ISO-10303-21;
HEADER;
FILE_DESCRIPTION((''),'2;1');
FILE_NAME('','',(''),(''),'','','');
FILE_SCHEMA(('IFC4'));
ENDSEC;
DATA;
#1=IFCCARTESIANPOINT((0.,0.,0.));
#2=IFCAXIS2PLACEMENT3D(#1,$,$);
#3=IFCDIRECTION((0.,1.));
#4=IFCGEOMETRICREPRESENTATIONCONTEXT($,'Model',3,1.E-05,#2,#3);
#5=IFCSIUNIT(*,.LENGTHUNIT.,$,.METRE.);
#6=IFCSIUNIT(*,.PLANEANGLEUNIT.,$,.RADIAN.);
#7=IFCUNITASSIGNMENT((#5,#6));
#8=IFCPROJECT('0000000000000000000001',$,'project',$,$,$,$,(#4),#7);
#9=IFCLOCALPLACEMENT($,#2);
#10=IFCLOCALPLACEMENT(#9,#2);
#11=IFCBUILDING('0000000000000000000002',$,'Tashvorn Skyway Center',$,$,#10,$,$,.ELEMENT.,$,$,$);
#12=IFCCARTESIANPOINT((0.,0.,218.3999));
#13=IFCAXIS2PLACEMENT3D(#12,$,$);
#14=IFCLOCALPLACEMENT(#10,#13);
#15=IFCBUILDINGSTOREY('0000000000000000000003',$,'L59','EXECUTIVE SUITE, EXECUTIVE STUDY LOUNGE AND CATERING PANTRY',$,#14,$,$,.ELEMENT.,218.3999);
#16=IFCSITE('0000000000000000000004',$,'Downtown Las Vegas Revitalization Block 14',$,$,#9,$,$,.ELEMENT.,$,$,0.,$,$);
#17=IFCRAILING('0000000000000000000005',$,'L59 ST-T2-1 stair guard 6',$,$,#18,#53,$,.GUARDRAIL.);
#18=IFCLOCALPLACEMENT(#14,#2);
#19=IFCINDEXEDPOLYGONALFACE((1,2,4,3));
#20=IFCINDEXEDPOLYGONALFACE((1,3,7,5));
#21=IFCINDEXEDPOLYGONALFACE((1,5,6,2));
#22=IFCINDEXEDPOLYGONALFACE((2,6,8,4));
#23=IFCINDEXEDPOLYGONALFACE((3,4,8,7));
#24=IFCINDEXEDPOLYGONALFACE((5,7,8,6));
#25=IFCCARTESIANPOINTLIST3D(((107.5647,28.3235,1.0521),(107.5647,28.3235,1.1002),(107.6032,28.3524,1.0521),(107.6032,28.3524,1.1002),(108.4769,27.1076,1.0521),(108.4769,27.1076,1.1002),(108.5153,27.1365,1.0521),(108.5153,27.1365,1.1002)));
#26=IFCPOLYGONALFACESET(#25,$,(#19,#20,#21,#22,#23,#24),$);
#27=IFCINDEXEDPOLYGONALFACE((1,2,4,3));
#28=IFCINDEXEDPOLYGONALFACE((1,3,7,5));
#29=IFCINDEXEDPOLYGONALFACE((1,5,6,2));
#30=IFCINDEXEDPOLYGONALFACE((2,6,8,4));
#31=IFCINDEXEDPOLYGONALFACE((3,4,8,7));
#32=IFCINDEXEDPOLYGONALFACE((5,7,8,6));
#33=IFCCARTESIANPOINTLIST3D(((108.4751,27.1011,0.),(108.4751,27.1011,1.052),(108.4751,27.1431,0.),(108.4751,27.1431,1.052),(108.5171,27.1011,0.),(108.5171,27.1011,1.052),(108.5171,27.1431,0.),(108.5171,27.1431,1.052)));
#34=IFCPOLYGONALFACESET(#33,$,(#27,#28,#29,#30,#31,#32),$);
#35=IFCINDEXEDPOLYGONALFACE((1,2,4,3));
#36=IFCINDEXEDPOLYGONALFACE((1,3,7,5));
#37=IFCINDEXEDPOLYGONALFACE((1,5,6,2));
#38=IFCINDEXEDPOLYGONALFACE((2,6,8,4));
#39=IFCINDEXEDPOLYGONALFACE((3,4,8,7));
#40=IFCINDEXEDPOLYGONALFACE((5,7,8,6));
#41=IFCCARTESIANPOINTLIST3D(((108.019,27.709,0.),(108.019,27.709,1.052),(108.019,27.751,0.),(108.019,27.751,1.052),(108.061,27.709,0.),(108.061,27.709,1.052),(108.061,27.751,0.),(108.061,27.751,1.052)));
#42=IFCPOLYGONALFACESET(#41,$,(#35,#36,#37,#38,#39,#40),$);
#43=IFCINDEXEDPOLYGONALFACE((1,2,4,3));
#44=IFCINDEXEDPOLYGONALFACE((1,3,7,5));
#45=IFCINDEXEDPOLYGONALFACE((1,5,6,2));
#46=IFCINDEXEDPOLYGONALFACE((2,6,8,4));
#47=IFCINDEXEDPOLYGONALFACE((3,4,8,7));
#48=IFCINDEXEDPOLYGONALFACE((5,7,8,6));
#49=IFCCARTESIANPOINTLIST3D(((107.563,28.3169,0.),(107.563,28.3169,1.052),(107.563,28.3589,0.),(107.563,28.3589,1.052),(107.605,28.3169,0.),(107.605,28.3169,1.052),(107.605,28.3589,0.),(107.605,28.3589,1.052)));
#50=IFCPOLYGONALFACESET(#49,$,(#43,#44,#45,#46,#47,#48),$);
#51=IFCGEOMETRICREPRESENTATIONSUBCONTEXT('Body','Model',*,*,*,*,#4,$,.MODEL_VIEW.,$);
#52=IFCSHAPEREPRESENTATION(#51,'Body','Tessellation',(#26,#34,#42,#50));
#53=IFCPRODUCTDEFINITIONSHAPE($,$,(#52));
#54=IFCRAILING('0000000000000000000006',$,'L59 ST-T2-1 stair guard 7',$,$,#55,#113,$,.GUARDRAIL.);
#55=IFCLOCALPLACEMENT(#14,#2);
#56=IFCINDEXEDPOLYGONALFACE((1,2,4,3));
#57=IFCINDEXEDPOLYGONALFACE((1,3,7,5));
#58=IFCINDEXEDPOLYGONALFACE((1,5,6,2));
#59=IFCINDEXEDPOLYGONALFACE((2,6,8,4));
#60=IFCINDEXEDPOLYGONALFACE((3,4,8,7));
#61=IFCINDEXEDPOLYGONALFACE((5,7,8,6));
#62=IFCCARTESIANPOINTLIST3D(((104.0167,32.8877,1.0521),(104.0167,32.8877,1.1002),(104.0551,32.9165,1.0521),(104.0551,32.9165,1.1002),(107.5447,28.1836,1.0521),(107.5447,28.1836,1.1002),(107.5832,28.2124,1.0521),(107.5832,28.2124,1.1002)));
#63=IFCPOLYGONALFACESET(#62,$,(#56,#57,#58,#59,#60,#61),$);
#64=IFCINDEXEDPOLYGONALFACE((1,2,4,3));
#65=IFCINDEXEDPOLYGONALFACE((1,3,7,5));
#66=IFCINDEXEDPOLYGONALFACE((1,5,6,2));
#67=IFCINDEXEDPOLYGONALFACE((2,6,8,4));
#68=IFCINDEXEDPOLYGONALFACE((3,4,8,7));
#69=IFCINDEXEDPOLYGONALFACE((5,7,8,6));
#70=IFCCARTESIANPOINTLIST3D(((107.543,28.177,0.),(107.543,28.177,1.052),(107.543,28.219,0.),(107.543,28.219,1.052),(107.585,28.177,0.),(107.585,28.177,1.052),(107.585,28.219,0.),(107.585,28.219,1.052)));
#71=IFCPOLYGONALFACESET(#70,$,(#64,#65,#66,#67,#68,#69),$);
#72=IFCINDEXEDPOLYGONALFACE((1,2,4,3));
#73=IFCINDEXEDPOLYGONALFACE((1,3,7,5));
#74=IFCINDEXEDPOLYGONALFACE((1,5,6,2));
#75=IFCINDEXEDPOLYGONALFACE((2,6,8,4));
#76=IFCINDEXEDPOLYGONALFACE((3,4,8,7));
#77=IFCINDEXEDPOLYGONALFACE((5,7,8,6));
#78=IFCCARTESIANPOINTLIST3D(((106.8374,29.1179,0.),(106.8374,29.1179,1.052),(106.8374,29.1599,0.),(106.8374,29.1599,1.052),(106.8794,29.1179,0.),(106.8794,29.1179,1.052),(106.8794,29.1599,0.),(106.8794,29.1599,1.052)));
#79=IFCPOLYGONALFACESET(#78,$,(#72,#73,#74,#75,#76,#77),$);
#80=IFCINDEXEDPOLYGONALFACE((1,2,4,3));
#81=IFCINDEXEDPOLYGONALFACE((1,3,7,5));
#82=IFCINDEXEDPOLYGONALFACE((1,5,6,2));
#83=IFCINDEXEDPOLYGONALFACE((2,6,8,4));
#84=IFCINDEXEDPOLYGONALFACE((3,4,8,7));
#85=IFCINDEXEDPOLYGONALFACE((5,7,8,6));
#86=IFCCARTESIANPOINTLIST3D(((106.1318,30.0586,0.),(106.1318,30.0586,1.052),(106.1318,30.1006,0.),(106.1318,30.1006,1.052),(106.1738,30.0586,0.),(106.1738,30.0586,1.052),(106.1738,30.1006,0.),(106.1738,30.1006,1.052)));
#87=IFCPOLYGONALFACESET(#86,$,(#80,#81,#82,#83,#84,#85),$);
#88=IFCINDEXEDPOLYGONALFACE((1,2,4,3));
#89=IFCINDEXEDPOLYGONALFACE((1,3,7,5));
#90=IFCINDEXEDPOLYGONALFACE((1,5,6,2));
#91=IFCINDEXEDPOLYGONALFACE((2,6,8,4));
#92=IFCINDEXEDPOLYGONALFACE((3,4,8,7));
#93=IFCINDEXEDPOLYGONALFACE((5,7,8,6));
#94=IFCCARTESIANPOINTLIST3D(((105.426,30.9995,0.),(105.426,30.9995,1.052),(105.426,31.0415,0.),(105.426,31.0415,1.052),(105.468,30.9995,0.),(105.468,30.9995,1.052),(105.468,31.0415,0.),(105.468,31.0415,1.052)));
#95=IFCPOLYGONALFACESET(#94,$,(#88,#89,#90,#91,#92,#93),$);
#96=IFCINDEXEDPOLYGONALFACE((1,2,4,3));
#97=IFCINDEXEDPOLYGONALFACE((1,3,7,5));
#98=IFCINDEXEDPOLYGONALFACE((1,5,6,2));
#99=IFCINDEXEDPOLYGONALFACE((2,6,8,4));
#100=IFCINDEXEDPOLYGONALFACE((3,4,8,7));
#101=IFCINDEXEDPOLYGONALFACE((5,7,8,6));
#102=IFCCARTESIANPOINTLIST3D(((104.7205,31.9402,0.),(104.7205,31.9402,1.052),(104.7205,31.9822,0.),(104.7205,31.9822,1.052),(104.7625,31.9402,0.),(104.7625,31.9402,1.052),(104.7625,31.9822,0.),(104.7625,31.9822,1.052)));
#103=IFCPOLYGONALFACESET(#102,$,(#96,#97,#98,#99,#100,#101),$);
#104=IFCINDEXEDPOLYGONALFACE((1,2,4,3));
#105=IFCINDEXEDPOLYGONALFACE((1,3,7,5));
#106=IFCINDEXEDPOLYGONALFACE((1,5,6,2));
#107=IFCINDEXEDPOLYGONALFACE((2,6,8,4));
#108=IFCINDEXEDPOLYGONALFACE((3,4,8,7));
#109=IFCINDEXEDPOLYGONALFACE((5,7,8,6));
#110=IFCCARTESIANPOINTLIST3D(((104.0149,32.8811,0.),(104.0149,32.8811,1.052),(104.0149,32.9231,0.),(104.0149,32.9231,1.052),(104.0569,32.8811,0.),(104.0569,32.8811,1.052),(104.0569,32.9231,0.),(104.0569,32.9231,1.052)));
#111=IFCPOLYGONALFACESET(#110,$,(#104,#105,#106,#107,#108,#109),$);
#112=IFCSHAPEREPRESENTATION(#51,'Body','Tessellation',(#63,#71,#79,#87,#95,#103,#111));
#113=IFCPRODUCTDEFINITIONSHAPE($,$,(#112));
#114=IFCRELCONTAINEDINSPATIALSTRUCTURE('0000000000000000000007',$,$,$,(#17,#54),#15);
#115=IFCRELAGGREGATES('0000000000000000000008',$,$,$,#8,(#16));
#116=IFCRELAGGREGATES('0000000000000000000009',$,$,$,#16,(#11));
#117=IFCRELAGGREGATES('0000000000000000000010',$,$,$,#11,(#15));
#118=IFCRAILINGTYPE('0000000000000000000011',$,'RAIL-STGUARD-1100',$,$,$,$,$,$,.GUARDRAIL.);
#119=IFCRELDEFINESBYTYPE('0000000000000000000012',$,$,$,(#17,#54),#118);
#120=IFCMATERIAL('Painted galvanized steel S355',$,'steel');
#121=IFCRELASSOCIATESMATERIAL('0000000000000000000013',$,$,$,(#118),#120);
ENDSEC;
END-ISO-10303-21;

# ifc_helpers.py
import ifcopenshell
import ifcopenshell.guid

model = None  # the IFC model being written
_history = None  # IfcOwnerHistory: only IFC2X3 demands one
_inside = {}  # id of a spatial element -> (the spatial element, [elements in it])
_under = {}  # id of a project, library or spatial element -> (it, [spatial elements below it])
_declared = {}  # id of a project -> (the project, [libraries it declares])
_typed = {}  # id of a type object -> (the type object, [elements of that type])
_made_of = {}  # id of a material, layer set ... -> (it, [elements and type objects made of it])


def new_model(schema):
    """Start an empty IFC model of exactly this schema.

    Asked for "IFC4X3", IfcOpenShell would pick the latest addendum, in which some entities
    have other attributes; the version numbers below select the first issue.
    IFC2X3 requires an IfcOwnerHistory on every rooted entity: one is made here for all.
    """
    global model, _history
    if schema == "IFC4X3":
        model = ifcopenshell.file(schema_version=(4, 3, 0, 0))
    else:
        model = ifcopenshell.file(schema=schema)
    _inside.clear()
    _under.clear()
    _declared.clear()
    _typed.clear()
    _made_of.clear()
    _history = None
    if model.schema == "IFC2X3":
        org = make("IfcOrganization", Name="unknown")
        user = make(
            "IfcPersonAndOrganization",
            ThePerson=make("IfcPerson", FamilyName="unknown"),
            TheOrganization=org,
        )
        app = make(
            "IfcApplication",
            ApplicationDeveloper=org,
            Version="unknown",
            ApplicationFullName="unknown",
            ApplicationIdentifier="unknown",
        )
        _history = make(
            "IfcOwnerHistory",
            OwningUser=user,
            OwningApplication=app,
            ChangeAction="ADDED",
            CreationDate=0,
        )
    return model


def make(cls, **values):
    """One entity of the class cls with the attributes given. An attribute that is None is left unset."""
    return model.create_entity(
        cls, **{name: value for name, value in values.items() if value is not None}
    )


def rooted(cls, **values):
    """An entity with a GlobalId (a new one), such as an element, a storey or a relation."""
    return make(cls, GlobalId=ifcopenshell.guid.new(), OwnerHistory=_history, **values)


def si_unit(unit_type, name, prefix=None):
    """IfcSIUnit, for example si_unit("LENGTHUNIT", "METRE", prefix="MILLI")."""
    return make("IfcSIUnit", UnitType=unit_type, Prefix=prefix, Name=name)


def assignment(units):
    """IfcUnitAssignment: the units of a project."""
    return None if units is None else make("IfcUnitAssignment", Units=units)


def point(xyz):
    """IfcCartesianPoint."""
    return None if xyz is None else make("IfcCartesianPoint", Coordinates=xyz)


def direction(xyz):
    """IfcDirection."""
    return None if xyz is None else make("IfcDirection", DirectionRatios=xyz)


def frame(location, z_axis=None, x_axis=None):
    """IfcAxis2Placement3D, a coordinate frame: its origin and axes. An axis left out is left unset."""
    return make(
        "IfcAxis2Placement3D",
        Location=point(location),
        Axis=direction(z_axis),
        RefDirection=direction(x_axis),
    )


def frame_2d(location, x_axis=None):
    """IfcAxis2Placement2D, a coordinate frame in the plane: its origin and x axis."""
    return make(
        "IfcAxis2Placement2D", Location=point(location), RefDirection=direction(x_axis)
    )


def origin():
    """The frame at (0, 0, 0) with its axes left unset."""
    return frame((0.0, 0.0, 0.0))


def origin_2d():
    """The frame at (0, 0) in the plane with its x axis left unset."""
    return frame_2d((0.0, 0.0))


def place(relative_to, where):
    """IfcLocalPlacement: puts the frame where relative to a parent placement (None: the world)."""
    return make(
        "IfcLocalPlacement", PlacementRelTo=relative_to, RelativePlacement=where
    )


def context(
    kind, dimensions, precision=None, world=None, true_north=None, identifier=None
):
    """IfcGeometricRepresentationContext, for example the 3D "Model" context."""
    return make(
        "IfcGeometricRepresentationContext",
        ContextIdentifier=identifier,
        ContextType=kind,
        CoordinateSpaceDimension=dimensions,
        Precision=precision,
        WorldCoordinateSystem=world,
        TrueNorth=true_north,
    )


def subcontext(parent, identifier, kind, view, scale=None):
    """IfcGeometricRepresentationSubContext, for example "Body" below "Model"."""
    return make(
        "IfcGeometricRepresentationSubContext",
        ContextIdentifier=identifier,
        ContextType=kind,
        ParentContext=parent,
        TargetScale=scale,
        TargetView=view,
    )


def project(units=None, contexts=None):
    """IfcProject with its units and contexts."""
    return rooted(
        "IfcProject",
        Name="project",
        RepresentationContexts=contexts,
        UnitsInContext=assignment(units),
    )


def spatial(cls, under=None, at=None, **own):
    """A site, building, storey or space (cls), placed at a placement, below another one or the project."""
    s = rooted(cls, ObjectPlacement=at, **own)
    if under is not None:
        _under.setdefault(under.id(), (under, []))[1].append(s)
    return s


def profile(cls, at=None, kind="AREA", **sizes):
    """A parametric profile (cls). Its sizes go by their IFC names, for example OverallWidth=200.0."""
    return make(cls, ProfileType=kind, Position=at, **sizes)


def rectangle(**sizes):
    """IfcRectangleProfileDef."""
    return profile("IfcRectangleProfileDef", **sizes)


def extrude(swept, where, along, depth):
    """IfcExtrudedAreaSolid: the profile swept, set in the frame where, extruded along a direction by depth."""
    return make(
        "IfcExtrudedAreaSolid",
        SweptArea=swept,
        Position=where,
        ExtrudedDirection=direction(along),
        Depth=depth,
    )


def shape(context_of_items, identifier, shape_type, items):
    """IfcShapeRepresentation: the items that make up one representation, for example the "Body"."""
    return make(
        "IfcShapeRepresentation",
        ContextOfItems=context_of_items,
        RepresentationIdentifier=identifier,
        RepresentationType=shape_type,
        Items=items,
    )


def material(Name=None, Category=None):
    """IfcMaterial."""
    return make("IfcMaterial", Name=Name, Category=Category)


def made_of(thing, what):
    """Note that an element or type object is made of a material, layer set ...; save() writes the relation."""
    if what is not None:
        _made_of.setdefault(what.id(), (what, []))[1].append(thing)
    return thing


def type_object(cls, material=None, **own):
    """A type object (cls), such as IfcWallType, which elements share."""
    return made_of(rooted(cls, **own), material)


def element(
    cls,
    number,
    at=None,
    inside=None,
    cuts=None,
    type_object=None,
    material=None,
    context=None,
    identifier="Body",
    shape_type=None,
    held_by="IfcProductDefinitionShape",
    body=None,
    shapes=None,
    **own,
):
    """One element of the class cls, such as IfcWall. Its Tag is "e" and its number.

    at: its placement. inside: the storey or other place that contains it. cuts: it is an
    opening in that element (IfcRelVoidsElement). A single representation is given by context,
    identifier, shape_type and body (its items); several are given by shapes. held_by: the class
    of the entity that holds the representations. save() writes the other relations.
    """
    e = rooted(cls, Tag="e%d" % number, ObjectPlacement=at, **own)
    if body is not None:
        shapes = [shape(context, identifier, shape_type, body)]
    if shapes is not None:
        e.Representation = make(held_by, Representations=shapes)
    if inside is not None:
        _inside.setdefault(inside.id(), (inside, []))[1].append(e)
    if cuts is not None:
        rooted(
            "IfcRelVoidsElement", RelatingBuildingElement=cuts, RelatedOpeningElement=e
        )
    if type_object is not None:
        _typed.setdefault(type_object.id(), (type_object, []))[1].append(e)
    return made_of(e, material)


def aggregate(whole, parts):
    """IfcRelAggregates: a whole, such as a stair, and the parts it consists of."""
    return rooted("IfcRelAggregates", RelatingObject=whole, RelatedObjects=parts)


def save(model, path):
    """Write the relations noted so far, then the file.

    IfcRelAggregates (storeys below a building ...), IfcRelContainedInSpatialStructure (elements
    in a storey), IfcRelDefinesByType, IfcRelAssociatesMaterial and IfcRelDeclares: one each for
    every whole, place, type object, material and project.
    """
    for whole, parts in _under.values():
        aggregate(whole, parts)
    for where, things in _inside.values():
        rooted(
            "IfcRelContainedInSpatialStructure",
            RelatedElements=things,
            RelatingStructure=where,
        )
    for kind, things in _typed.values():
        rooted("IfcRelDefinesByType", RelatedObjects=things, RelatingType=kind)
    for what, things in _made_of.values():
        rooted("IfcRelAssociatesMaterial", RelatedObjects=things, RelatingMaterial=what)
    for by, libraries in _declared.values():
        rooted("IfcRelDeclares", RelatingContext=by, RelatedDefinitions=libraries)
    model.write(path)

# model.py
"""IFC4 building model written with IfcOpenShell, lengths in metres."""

from ifc_helpers import new_model, si_unit, direction, frame, origin, origin_2d, place, context, subcontext, project, spatial, rectangle, extrude, material, type_object, element, save


model = new_model("IFC4")

# Units and contexts
model_context = context("Model", 3, precision=1e-05, world=origin(), true_north=direction((0.0, 1.0)))
body_context = subcontext(model_context, "Body", "Model", "MODEL_VIEW")
ifc_project = project(units=[si_unit("LENGTHUNIT", "METRE"), si_unit("PLANEANGLEUNIT", "RADIAN")], contexts=[model_context])

# Site, building, storey
site_placement = place(None, origin())
site = spatial("IfcSite", under=ifc_project, at=site_placement, Name="Downtown Las Vegas Revitalization Block 14", CompositionType="ELEMENT", RefElevation=0.0)
building_placement = place(site_placement, origin())
building = spatial("IfcBuilding", under=site, at=building_placement, Name="Tashvorn Skyway Center", CompositionType="ELEMENT")
storey_placement = place(building_placement, frame((0.0, 0.0, 218.3999)))
storey = spatial("IfcBuildingStorey", under=building, at=storey_placement, Name="L59", Description="EXECUTIVE SUITE, EXECUTIVE STUDY LOUNGE AND CATERING PANTRY", CompositionType="ELEMENT", Elevation=218.3999)

# Railings
ifc_material_1 = material(Name="Painted galvanized steel S355", Category="steel")
railing_type = type_object("IfcRailingType", Name="RAIL-STGUARD-1100", PredefinedType="GUARDRAIL", material=ifc_material_1)
railing_1_placement = place(storey_placement, frame((108.4961, 27.1221, 0.0)))
element("IfcRailing", 1, at=railing_1_placement, inside=storey, type_object=railing_type, Name="L59 ST-T2-1 stair guard 6", PredefinedType="GUARDRAIL", context=body_context, shape_type="SweptSolid", body=[
    extrude(rectangle(XDim=0.0481, YDim=0.0481, at=origin_2d()), frame((0.0, 0.0, 1.0762), z_axis=(-0.600103, 0.799923, 0.0), x_axis=(-0.799923, -0.600103, 0.0)), (0.0, 0.0, 1.0), 1.52),
    extrude(rectangle(XDim=0.042, YDim=0.042, at=origin_2d()), origin(), (0.0, 0.0, 1.0), 1.052),
    extrude(rectangle(XDim=0.042, YDim=0.042, at=origin_2d()), frame((-0.4561, 0.6079, 0.0)), (0.0, 0.0, 1.0), 1.052),
    extrude(rectangle(XDim=0.042, YDim=0.042, at=origin_2d()), frame((-0.9121, 1.2158, 0.0)), (0.0, 0.0, 1.0), 1.052),
])
railing_2_placement = place(storey_placement, frame((107.564, 28.198, 0.0)))
element("IfcRailing", 2, at=railing_2_placement, inside=storey, type_object=railing_type, Name="L59 ST-T2-1 stair guard 7", PredefinedType="GUARDRAIL", context=body_context, shape_type="SweptSolid", body=[
    extrude(rectangle(XDim=0.0481, YDim=0.0481, at=origin_2d()), frame((0.0, 0.0, 1.0762), z_axis=(-0.6, 0.8, 0.0), x_axis=(-0.8, -0.6, 0.0)), (0.0, 0.0, 1.0), 5.8801),
    extrude(rectangle(XDim=0.042, YDim=0.042, at=origin_2d()), origin(), (0.0, 0.0, 1.0), 1.052),
    extrude(rectangle(XDim=0.042, YDim=0.042, at=origin_2d()), frame((-0.7056, 0.9409, 0.0)), (0.0, 0.0, 1.0), 1.052),
    extrude(rectangle(XDim=0.042, YDim=0.042, at=origin_2d()), frame((-1.4111, 1.8816, 0.0)), (0.0, 0.0, 1.0), 1.052),
    extrude(rectangle(XDim=0.042, YDim=0.042, at=origin_2d()), frame((-2.1169, 2.8225, 0.0)), (0.0, 0.0, 1.0), 1.052),
    extrude(rectangle(XDim=0.042, YDim=0.042, at=origin_2d()), frame((-2.8225, 3.7632, 0.0)), (0.0, 0.0, 1.0), 1.052),
    extrude(rectangle(XDim=0.042, YDim=0.042, at=origin_2d()), frame((-3.5281, 4.7041, 0.0)), (0.0, 0.0, 1.0), 1.052),
])

save(model, "model.ifc")
